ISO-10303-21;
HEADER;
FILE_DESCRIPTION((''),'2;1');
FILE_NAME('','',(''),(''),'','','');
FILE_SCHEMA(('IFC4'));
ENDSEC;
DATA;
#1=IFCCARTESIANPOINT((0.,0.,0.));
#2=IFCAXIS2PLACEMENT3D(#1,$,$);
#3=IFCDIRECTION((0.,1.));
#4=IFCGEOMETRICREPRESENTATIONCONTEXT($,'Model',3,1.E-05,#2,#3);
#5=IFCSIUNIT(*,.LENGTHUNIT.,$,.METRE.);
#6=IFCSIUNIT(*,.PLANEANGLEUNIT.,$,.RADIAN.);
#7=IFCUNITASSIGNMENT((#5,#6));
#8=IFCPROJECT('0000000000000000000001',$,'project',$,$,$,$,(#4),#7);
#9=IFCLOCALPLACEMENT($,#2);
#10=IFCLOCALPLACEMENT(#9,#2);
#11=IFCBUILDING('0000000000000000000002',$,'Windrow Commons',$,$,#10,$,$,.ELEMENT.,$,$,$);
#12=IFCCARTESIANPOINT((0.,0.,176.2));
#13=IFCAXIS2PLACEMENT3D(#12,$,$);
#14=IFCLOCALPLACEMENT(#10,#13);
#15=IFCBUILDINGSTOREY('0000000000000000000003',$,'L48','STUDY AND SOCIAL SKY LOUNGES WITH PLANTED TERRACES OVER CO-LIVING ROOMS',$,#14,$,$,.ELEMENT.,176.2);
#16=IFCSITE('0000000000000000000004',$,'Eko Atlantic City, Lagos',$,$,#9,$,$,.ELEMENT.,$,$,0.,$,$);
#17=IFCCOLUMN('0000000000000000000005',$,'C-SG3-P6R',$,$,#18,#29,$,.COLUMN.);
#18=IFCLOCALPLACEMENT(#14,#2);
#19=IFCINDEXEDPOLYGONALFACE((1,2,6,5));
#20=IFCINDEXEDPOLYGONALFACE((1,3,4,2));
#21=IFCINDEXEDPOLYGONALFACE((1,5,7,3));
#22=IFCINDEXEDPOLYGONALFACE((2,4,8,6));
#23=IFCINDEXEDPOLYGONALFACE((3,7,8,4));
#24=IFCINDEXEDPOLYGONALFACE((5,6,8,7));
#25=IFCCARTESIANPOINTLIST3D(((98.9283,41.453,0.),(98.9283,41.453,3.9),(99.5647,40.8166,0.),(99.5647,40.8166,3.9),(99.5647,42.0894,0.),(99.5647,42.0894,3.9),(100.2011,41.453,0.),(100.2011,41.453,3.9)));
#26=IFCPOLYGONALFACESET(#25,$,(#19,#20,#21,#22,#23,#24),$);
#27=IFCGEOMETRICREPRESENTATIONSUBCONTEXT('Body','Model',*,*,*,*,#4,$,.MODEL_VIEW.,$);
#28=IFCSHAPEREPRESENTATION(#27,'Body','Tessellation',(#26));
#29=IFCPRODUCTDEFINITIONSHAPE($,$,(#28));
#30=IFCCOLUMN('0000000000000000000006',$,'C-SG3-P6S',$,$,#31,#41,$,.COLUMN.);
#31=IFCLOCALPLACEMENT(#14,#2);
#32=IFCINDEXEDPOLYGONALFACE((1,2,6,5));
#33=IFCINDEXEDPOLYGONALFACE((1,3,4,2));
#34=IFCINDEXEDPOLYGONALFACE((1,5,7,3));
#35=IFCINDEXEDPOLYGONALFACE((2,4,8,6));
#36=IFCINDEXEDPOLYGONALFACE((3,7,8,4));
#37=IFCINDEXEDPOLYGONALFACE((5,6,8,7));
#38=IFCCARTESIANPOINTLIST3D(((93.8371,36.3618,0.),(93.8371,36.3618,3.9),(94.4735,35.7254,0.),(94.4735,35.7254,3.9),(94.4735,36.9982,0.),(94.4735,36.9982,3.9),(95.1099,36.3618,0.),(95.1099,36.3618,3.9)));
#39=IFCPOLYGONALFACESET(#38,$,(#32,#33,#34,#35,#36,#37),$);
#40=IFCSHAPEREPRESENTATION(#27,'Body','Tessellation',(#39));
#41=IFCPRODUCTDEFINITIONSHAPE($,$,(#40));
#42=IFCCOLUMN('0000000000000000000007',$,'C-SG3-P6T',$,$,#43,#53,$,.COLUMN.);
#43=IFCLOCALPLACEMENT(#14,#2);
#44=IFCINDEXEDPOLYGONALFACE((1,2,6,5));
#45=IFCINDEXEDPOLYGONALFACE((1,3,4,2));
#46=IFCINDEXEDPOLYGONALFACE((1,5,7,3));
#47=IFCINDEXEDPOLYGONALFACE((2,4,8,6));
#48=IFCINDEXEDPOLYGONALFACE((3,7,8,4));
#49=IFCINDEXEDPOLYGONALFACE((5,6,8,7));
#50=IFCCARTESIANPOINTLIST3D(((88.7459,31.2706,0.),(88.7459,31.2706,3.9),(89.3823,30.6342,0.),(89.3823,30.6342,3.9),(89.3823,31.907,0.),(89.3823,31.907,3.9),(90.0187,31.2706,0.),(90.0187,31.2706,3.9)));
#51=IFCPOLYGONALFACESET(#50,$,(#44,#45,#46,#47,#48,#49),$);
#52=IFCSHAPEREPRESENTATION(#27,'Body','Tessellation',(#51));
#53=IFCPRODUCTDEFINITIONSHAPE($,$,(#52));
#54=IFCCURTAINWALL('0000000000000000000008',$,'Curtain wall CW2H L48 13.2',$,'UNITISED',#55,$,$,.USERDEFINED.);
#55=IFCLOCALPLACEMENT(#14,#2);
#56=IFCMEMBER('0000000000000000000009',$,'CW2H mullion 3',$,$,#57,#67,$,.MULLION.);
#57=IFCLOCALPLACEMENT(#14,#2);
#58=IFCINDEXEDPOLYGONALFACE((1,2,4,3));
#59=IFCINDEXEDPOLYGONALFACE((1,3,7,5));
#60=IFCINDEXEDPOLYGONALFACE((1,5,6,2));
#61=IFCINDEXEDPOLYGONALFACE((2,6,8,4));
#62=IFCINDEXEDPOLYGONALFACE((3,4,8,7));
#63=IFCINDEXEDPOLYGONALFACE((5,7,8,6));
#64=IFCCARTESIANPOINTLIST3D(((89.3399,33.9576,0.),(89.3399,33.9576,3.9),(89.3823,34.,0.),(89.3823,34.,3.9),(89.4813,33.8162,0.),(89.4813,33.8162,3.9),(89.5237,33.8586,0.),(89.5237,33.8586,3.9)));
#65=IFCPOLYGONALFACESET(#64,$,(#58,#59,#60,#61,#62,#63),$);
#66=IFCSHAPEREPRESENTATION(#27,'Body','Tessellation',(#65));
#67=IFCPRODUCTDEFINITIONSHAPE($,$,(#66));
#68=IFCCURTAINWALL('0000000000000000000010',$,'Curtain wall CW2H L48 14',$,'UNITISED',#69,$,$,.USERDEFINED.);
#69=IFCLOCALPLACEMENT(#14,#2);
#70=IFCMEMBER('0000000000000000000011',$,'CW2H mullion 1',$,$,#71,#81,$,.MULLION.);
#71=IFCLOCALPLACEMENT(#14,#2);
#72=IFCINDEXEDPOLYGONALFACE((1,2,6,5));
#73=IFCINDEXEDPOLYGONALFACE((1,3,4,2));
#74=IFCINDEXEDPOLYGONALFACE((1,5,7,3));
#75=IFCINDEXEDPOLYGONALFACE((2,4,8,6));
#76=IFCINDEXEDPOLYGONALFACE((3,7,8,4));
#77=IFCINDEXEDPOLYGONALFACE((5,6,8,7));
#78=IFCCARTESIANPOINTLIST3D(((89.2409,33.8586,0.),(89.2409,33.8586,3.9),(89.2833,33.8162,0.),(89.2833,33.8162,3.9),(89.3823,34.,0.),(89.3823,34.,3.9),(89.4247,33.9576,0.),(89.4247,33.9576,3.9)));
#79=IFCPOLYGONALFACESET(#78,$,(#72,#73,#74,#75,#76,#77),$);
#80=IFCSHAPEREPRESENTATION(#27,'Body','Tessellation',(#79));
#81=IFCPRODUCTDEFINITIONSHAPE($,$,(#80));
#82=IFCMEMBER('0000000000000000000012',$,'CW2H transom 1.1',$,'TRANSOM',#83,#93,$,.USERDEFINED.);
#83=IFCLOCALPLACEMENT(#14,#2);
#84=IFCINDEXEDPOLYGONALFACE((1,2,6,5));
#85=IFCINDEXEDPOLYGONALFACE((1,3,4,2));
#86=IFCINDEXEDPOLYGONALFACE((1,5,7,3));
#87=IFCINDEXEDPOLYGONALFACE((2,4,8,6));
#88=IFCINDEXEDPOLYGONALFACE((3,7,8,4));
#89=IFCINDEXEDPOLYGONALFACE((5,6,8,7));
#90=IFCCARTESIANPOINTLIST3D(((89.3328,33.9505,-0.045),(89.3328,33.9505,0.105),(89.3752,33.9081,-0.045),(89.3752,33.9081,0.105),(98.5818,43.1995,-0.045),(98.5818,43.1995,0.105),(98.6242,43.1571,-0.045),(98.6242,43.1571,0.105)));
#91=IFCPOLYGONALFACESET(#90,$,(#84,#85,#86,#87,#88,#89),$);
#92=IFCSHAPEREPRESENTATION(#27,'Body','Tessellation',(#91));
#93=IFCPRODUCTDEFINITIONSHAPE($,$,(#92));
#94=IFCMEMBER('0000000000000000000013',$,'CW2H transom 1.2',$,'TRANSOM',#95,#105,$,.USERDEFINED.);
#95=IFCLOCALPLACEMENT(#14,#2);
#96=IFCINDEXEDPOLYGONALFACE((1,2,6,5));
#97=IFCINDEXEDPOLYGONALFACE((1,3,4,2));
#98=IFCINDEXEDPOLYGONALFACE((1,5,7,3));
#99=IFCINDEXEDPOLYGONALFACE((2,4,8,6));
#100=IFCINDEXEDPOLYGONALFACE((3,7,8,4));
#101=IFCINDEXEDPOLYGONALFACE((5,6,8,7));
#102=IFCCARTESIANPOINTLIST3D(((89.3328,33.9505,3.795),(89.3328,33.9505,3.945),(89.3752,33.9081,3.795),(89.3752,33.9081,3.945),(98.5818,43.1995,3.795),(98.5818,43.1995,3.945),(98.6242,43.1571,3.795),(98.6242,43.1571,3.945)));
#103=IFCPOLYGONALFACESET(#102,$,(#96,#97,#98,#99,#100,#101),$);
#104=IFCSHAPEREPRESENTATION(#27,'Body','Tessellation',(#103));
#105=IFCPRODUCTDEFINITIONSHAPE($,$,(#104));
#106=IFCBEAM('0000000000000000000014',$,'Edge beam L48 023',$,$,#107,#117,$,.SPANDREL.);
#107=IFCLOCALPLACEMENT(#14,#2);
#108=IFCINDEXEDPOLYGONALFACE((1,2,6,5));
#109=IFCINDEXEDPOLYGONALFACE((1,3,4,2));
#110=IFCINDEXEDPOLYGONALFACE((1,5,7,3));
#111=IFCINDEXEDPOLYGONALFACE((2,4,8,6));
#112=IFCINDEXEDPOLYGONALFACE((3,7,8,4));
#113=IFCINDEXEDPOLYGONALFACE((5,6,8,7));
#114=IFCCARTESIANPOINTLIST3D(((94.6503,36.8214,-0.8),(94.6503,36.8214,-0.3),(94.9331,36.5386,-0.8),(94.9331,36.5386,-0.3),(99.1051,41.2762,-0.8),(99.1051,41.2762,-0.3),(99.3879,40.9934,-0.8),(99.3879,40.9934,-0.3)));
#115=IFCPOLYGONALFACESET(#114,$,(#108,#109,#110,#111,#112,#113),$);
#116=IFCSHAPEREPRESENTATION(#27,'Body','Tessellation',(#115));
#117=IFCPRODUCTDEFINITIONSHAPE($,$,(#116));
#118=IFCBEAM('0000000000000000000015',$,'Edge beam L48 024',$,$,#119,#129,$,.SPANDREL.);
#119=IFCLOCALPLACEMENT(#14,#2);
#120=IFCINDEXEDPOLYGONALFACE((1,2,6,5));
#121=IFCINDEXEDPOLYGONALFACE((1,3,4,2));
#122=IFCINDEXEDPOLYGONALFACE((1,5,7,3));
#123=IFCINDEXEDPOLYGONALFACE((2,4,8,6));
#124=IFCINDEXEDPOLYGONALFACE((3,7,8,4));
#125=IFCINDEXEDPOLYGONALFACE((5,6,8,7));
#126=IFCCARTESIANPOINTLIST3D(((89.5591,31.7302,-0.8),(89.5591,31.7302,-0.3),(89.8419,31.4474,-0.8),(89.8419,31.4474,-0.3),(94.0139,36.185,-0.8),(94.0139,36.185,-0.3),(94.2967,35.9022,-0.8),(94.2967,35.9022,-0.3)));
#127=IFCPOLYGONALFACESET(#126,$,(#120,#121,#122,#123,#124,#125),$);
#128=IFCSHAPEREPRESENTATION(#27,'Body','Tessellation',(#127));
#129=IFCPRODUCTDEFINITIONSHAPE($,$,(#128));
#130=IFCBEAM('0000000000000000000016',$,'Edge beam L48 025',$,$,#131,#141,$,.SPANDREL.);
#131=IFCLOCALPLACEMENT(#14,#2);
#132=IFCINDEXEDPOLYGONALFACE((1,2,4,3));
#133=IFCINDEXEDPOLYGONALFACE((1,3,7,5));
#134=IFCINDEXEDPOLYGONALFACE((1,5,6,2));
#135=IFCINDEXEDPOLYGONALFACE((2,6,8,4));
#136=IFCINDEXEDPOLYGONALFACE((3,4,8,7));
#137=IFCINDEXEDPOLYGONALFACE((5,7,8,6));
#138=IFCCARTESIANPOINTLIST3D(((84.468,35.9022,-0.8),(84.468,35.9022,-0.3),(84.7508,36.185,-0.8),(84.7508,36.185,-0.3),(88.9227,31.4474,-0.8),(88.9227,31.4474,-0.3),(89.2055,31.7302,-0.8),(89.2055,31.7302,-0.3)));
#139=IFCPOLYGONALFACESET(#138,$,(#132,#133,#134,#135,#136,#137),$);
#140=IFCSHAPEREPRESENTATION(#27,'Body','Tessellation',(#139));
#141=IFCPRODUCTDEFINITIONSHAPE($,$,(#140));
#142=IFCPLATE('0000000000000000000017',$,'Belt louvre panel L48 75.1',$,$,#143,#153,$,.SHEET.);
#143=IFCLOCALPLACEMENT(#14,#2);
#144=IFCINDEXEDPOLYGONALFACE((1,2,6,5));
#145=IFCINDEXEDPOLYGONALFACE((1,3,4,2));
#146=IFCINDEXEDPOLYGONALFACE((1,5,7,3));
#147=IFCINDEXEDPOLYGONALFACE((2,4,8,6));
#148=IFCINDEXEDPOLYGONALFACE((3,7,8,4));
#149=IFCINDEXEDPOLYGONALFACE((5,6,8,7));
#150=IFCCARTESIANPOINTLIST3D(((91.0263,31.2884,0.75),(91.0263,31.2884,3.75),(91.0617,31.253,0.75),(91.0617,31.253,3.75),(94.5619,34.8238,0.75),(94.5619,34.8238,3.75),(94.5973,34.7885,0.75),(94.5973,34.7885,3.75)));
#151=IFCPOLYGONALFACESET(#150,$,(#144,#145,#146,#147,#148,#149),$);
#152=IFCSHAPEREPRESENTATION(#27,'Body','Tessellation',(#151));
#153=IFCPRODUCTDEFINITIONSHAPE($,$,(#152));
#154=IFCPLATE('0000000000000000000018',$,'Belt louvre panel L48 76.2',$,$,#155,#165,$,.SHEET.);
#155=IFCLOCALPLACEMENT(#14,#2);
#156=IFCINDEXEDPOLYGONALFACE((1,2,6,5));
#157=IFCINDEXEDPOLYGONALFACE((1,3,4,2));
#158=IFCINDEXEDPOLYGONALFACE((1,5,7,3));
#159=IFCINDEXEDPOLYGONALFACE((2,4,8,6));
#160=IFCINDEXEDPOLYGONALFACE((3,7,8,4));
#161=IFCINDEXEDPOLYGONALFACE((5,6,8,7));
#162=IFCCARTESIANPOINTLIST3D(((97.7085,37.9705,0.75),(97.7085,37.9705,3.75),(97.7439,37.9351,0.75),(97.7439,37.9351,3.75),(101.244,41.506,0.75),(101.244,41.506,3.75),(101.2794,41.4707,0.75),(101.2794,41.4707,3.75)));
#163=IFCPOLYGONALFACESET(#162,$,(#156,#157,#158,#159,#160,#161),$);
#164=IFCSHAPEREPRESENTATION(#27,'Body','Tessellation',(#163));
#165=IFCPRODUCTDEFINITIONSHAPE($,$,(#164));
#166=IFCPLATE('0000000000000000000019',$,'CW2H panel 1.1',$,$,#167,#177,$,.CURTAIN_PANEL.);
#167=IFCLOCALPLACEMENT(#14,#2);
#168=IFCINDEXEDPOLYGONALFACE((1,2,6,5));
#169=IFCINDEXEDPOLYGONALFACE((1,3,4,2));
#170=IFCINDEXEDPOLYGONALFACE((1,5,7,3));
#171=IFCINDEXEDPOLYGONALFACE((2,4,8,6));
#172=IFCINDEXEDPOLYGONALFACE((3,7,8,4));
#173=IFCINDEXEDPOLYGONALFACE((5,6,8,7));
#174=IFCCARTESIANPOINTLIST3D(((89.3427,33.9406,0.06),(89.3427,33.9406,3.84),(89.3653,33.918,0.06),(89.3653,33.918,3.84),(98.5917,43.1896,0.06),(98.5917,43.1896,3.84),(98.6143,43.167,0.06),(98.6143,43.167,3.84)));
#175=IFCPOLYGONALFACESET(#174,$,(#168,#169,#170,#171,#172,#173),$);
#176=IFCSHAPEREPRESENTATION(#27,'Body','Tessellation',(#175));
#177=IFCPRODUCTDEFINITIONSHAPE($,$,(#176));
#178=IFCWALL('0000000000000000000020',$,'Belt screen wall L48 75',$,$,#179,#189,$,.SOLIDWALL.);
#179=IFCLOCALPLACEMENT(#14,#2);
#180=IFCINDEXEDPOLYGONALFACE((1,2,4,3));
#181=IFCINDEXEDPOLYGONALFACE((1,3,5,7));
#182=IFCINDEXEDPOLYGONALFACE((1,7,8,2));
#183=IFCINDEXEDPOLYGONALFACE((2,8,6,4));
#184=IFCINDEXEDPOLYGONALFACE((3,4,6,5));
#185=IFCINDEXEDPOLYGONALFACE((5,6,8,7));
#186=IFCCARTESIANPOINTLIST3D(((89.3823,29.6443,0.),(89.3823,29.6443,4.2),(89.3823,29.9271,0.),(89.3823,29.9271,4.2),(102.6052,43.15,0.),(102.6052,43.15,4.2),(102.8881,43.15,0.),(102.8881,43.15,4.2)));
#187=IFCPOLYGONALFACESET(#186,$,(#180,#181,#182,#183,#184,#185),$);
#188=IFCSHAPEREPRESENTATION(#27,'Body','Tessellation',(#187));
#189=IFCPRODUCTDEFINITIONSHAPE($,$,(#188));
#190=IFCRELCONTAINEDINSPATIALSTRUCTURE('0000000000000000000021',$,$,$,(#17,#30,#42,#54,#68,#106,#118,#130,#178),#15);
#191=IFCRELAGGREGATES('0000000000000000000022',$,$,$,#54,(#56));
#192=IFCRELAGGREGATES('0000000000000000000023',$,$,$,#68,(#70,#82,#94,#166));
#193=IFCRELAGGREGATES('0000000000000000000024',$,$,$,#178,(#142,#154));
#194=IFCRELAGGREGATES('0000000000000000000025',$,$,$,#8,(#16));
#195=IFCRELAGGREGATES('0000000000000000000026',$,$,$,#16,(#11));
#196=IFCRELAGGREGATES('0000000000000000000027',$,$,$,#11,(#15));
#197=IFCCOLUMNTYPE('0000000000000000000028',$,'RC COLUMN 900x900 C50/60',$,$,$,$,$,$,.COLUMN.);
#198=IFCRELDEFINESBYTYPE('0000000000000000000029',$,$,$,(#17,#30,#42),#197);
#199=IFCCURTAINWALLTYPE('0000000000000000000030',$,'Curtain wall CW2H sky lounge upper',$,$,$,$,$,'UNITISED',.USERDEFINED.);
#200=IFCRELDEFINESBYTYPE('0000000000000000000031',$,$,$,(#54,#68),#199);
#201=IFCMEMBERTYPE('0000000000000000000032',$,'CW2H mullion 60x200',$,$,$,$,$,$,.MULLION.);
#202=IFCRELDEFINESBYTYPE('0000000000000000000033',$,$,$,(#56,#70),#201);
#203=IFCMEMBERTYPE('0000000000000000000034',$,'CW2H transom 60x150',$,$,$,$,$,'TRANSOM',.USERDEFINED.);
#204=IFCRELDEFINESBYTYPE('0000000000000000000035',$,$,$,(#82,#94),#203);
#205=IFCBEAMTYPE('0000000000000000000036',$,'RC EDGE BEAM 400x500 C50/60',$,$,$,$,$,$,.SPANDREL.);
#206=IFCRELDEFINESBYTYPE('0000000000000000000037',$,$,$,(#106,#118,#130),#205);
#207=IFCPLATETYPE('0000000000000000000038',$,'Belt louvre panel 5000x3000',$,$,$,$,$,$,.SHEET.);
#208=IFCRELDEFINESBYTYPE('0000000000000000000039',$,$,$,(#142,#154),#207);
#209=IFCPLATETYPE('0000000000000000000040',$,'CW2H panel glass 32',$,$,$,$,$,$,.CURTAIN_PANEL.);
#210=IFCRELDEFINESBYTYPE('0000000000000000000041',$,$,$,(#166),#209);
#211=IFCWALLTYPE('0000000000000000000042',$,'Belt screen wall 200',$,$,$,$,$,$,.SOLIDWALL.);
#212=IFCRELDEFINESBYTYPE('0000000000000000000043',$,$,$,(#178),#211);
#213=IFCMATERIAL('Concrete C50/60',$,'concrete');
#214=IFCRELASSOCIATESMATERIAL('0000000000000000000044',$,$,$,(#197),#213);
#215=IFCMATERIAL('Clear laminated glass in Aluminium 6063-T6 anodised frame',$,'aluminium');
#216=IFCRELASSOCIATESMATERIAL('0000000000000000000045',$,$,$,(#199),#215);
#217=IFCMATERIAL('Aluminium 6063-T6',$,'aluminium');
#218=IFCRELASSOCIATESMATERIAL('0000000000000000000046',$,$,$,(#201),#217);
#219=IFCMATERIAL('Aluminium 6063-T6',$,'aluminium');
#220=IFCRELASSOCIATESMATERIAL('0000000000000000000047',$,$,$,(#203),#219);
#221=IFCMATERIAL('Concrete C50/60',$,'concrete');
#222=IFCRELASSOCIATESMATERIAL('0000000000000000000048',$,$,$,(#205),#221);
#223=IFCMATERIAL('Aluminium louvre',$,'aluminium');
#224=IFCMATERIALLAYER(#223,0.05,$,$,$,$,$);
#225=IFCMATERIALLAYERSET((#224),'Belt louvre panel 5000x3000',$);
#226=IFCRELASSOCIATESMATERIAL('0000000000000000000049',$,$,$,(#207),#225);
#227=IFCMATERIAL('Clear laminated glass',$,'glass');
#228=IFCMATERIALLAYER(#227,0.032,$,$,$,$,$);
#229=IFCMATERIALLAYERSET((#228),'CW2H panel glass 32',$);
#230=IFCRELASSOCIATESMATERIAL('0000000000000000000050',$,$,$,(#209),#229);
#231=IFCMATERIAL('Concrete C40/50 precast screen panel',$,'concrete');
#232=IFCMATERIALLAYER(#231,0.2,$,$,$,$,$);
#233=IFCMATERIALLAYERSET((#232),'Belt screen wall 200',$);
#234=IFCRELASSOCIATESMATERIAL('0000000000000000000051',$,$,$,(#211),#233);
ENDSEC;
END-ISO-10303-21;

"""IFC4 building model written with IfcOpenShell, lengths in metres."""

from ifc_helpers import new_model, si_unit, direction, frame, origin, origin_2d, place, context, subcontext, project, spatial, polyline, rectangle, outline, extrude, material, layer, layer_set, material_profile, profile_set, type_object, element, aggregate, save


model = new_model("IFC4")

# Units and contexts
model_context = context("Model", 3, precision=1e-05, world=origin(), true_north=direction((0.0, 1.0)))
body_context = subcontext(model_context, "Body", "Model", "MODEL_VIEW")
ifc_project = project(units=[si_unit("LENGTHUNIT", "METRE"), si_unit("PLANEANGLEUNIT", "RADIAN")], contexts=[model_context])

# Site, building, storey
site_placement = place(None, origin())
site = spatial("IfcSite", under=ifc_project, at=site_placement, Name="Eko Atlantic City, Lagos", CompositionType="ELEMENT", RefElevation=0.0)
building_placement = place(site_placement, origin())
building = spatial("IfcBuilding", under=site, at=building_placement, Name="Windrow Commons", CompositionType="ELEMENT")
storey_placement = place(building_placement, frame((0.0, 0.0, 176.2)))
storey = spatial("IfcBuildingStorey", under=building, at=storey_placement, Name="L48", Description="STUDY AND SOCIAL SKY LOUNGES WITH PLANTED TERRACES OVER CO-LIVING ROOMS", CompositionType="ELEMENT", Elevation=176.2)

# Columns
ifc_material_1 = material(Name="Concrete C50/60", Category="concrete")
ifc_material_profile_1 = material_profile(ifc_material_1, rectangle(XDim=0.9, YDim=0.9, at=origin_2d()))
ifc_profile_set_1 = profile_set([ifc_material_profile_1], Name="Concrete C50/60")
column_type = type_object("IfcColumnType", Name="RC COLUMN 900x900 C50/60", PredefinedType="COLUMN", material=ifc_profile_set_1)
for number, where, z_axis, x_axis, name in (
    (1, (99.5647, 41.453, 0.0), (0.0, 0.0, 1.0), (0.707107, -0.707107, 0.0), "C-SG3-P6R"),
    (2, (94.4735, 36.3618, 0.0), (0.0, 0.0, 1.0), (0.707107, -0.707107, 0.0), "C-SG3-P6S"),
    (3, (89.3823, 31.2706, 0.0), (0.0, 0.0, 1.0), (0.707107, -0.707107, 0.0), "C-SG3-P6T"),
):
    element("IfcColumn", number, at=place(storey_placement, frame(where, z_axis=z_axis, x_axis=x_axis)), inside=storey, type_object=column_type, Name=name, PredefinedType="COLUMN", context=body_context, shape_type="SweptSolid", body=[
        extrude(rectangle(XDim=0.9, YDim=0.9, at=origin_2d()), origin(), (0.0, 0.0, 1.0), 3.9),
    ])

# Curtain wall, member
ifc_material_2 = material(Name="Clear laminated glass in Aluminium 6063-T6 anodised frame", Category="aluminium")
curtain_wall_type = type_object("IfcCurtainWallType", Name="Curtain wall CW2H sky lounge upper", ElementType="UNITISED", PredefinedType="USERDEFINED", material=ifc_material_2)
placement = place(storey_placement, origin())
curtain_wall_1 = element("IfcCurtainWall", 4, at=placement, inside=storey, type_object=curtain_wall_type, Name="Curtain wall CW2H L48 13.2", ObjectType="UNITISED", PredefinedType="USERDEFINED")
ifc_material_3 = material(Name="Aluminium 6063-T6", Category="aluminium")
ifc_material_profile_2 = material_profile(ifc_material_3, rectangle(XDim=0.06, YDim=0.2, at=origin_2d()))
ifc_profile_set_2 = profile_set([ifc_material_profile_2], Name="Aluminium 6063-T6")
member_type_1 = type_object("IfcMemberType", Name="CW2H mullion 60x200", PredefinedType="MULLION", material=ifc_profile_set_2)
member_1_placement = place(storey_placement, frame((89.4318, 33.9081, 0.0), z_axis=(0.0, 0.0, 1.0), x_axis=(0.70711, 0.707104, 0.0)))
member_1 = element("IfcMember", 5, at=member_1_placement, type_object=member_type_1, Name="CW2H mullion 3", PredefinedType="MULLION", context=body_context, shape_type="SweptSolid", body=[
    extrude(rectangle(XDim=0.06, YDim=0.2, at=origin_2d()), origin(), (0.0, 0.0, 1.0), 3.9),
])
aggregate(curtain_wall_1, [member_1])

# Curtain wall, members
curtain_wall_2 = element("IfcCurtainWall", 6, at=placement, inside=storey, type_object=curtain_wall_type, Name="Curtain wall CW2H L48 14", ObjectType="UNITISED", PredefinedType="USERDEFINED")
member_2_placement = place(storey_placement, frame((89.3328, 33.9081, 0.0), z_axis=(0.0, 0.0, 1.0), x_axis=(-0.707107, 0.707107, 0.0)))
member_2 = element("IfcMember", 7, at=member_2_placement, type_object=member_type_1, Name="CW2H mullion 1", PredefinedType="MULLION", context=body_context, shape_type="SweptSolid", body=[
    extrude(rectangle(XDim=0.06, YDim=0.2, at=origin_2d()), origin(), (0.0, 0.0, 1.0), 3.9),
])
ifc_material_4 = material(Name="Aluminium 6063-T6", Category="aluminium")
ifc_material_profile_3 = material_profile(ifc_material_4, rectangle(XDim=0.06, YDim=0.15, at=origin_2d()))
ifc_profile_set_3 = profile_set([ifc_material_profile_3], Name="Aluminium 6063-T6")
member_type_2 = type_object("IfcMemberType", Name="CW2H transom 60x150", ElementType="TRANSOM", PredefinedType="USERDEFINED", material=ifc_profile_set_3)
member_3_placement = place(storey_placement, frame((89.354, 33.9293, 0.03), z_axis=(0.707107, 0.707107, 0.0), x_axis=(-0.707107, 0.707107, 0.0)))
member_3 = element("IfcMember", 8, at=member_3_placement, type_object=member_type_2, Name="CW2H transom 1.1", ObjectType="TRANSOM", PredefinedType="USERDEFINED", context=body_context, shape_type="SweptSolid", body=[
    extrude(rectangle(XDim=0.06, YDim=0.15, at=origin_2d()), origin(), (0.0, 0.0, 1.0), 13.0801),
])
member_4_placement = place(storey_placement, frame((89.354, 33.9293, 3.87), z_axis=(0.707107, 0.707107, 0.0), x_axis=(-0.707107, 0.707107, 0.0)))
member_4 = element("IfcMember", 9, at=member_4_placement, type_object=member_type_2, Name="CW2H transom 1.2", ObjectType="TRANSOM", PredefinedType="USERDEFINED", context=body_context, shape_type="SweptSolid", body=[
    extrude(rectangle(XDim=0.06, YDim=0.15, at=origin_2d()), origin(), (0.0, 0.0, 1.0), 13.0801),
])

# Beams
ifc_material_5 = material(Name="Concrete C50/60", Category="concrete")
ifc_material_profile_4 = material_profile(ifc_material_5, rectangle(XDim=0.4, YDim=0.5, at=origin_2d()))
ifc_profile_set_4 = profile_set([ifc_material_profile_4], Name="Concrete C50/60")
beam_type = type_object("IfcBeamType", Name="RC EDGE BEAM 400x500 C50/60", PredefinedType="SPANDREL", material=ifc_profile_set_4)
for number, where, z_axis, x_axis, name in (
    (10, (99.2465, 41.1348, -0.55), (-0.707107, -0.707107, 0.0), (0.707107, -0.707107, 0.0), "Edge beam L48 023"),
    (11, (94.1553, 36.0436, -0.55), (-0.707107, -0.707107, 0.0), (0.707107, -0.707107, 0.0), "Edge beam L48 024"),
    (12, (89.0641, 31.5888, -0.55), (-0.707099, 0.707115, 0.0), (-0.707115, -0.707099, 0.0), "Edge beam L48 025"),
):
    element("IfcBeam", number, at=place(storey_placement, frame(where, z_axis=z_axis, x_axis=x_axis)), inside=storey, type_object=beam_type, Name=name, PredefinedType="SPANDREL", context=body_context, shape_type="SweptSolid", body=[
        extrude(rectangle(XDim=0.4, YDim=0.5, at=origin_2d()), origin(), (0.0, 0.0, 1.0), 6.3),
    ])

# Plates
ifc_material_6 = material(Name="Aluminium louvre", Category="aluminium")
ifc_layer_1 = layer(ifc_material_6, 0.05)
ifc_layer_set_1 = layer_set([ifc_layer_1], Name="Belt louvre panel 5000x3000")
plate_type_1 = type_object("IfcPlateType", Name="Belt louvre panel 5000x3000", PredefinedType="SHEET", material=ifc_layer_set_1)
plate_1_placement = place(storey_placement, frame((91.0617, 31.253, 0.75), z_axis=(0.707097, -0.707117, 0.0), x_axis=(0.707117, 0.707097, 0.0)))
plate_1 = element("IfcPlate", 13, at=plate_1_placement, type_object=plate_type_1, Name="Belt louvre panel L48 75.1", PredefinedType="SHEET", context=body_context, shape_type="SweptSolid", body=[
    extrude(outline(polyline([(0.0, 0.0), (5.0, 0.0), (5.0, 3.0), (0.0, 3.0), (0.0, 0.0)])), origin(), (0.0, 0.0, -1.0), 0.05),
])
plate_2_placement = place(storey_placement, frame((97.7439, 37.9351, 0.75), z_axis=(0.707117, -0.707097, 0.0), x_axis=(0.707097, 0.707117, 0.0)))
plate_2 = element("IfcPlate", 14, at=plate_2_placement, type_object=plate_type_1, Name="Belt louvre panel L48 76.2", PredefinedType="SHEET", context=body_context, shape_type="SweptSolid", body=[
    extrude(outline(polyline([(0.0, 0.0), (5.0, 0.0), (5.0, 3.0), (0.0, 3.0), (0.0, 0.0)])), origin(), (0.0, 0.0, -1.0), 0.05),
])
ifc_material_7 = material(Name="Clear laminated glass", Category="glass")
ifc_layer_2 = layer(ifc_material_7, 0.032)
ifc_layer_set_2 = layer_set([ifc_layer_2], Name="CW2H panel glass 32")
plate_type_2 = type_object("IfcPlateType", Name="CW2H panel glass 32", PredefinedType="CURTAIN_PANEL", material=ifc_layer_set_2)
plate_3_placement = place(storey_placement, frame((93.9785, 38.5538, 0.06), z_axis=(0.0, 0.0, 1.0), x_axis=(0.707107, 0.707107, 0.0)))
plate_3 = element("IfcPlate", 15, at=plate_3_placement, type_object=plate_type_2, Name="CW2H panel 1.1", PredefinedType="CURTAIN_PANEL", context=body_context, shape_type="SweptSolid", body=[
    extrude(rectangle(XDim=13.08, YDim=0.032, at=origin_2d()), origin(), (0.0, 0.0, 1.0), 3.78),
])
aggregate(curtain_wall_2, [member_2, member_3, member_4, plate_3])

# Wall
ifc_material_8 = material(Name="Concrete C40/50 precast screen panel", Category="concrete")
ifc_layer_3 = layer(ifc_material_8, 0.2)
ifc_layer_set_3 = layer_set([ifc_layer_3], Name="Belt screen wall 200")
wall_type_1 = type_object("IfcWallType", Name="Belt screen wall 200", PredefinedType="SOLIDWALL", material=ifc_layer_set_3)
wall_1_placement = place(storey_placement, frame((89.3823, 29.7857, 0.0), z_axis=(0.0, 0.0, 1.0), x_axis=(0.707109, 0.707104, 0.0)))
wall_1 = element("IfcWall", 16, at=wall_1_placement, inside=storey, type_object=wall_type_1, Name="Belt screen wall L48 75", PredefinedType="SOLIDWALL", context=body_context, shape_type="SweptSolid", body=[
    extrude(outline(polyline([(-0.1, -0.1), (19.0, -0.1), (18.8, 0.1), (0.1, 0.1), (-0.1, -0.1)])), origin(), (0.0, 0.0, 1.0), 4.2),
])
aggregate(wall_1, [plate_1, plate_2])

save(model, "model.ifc")
